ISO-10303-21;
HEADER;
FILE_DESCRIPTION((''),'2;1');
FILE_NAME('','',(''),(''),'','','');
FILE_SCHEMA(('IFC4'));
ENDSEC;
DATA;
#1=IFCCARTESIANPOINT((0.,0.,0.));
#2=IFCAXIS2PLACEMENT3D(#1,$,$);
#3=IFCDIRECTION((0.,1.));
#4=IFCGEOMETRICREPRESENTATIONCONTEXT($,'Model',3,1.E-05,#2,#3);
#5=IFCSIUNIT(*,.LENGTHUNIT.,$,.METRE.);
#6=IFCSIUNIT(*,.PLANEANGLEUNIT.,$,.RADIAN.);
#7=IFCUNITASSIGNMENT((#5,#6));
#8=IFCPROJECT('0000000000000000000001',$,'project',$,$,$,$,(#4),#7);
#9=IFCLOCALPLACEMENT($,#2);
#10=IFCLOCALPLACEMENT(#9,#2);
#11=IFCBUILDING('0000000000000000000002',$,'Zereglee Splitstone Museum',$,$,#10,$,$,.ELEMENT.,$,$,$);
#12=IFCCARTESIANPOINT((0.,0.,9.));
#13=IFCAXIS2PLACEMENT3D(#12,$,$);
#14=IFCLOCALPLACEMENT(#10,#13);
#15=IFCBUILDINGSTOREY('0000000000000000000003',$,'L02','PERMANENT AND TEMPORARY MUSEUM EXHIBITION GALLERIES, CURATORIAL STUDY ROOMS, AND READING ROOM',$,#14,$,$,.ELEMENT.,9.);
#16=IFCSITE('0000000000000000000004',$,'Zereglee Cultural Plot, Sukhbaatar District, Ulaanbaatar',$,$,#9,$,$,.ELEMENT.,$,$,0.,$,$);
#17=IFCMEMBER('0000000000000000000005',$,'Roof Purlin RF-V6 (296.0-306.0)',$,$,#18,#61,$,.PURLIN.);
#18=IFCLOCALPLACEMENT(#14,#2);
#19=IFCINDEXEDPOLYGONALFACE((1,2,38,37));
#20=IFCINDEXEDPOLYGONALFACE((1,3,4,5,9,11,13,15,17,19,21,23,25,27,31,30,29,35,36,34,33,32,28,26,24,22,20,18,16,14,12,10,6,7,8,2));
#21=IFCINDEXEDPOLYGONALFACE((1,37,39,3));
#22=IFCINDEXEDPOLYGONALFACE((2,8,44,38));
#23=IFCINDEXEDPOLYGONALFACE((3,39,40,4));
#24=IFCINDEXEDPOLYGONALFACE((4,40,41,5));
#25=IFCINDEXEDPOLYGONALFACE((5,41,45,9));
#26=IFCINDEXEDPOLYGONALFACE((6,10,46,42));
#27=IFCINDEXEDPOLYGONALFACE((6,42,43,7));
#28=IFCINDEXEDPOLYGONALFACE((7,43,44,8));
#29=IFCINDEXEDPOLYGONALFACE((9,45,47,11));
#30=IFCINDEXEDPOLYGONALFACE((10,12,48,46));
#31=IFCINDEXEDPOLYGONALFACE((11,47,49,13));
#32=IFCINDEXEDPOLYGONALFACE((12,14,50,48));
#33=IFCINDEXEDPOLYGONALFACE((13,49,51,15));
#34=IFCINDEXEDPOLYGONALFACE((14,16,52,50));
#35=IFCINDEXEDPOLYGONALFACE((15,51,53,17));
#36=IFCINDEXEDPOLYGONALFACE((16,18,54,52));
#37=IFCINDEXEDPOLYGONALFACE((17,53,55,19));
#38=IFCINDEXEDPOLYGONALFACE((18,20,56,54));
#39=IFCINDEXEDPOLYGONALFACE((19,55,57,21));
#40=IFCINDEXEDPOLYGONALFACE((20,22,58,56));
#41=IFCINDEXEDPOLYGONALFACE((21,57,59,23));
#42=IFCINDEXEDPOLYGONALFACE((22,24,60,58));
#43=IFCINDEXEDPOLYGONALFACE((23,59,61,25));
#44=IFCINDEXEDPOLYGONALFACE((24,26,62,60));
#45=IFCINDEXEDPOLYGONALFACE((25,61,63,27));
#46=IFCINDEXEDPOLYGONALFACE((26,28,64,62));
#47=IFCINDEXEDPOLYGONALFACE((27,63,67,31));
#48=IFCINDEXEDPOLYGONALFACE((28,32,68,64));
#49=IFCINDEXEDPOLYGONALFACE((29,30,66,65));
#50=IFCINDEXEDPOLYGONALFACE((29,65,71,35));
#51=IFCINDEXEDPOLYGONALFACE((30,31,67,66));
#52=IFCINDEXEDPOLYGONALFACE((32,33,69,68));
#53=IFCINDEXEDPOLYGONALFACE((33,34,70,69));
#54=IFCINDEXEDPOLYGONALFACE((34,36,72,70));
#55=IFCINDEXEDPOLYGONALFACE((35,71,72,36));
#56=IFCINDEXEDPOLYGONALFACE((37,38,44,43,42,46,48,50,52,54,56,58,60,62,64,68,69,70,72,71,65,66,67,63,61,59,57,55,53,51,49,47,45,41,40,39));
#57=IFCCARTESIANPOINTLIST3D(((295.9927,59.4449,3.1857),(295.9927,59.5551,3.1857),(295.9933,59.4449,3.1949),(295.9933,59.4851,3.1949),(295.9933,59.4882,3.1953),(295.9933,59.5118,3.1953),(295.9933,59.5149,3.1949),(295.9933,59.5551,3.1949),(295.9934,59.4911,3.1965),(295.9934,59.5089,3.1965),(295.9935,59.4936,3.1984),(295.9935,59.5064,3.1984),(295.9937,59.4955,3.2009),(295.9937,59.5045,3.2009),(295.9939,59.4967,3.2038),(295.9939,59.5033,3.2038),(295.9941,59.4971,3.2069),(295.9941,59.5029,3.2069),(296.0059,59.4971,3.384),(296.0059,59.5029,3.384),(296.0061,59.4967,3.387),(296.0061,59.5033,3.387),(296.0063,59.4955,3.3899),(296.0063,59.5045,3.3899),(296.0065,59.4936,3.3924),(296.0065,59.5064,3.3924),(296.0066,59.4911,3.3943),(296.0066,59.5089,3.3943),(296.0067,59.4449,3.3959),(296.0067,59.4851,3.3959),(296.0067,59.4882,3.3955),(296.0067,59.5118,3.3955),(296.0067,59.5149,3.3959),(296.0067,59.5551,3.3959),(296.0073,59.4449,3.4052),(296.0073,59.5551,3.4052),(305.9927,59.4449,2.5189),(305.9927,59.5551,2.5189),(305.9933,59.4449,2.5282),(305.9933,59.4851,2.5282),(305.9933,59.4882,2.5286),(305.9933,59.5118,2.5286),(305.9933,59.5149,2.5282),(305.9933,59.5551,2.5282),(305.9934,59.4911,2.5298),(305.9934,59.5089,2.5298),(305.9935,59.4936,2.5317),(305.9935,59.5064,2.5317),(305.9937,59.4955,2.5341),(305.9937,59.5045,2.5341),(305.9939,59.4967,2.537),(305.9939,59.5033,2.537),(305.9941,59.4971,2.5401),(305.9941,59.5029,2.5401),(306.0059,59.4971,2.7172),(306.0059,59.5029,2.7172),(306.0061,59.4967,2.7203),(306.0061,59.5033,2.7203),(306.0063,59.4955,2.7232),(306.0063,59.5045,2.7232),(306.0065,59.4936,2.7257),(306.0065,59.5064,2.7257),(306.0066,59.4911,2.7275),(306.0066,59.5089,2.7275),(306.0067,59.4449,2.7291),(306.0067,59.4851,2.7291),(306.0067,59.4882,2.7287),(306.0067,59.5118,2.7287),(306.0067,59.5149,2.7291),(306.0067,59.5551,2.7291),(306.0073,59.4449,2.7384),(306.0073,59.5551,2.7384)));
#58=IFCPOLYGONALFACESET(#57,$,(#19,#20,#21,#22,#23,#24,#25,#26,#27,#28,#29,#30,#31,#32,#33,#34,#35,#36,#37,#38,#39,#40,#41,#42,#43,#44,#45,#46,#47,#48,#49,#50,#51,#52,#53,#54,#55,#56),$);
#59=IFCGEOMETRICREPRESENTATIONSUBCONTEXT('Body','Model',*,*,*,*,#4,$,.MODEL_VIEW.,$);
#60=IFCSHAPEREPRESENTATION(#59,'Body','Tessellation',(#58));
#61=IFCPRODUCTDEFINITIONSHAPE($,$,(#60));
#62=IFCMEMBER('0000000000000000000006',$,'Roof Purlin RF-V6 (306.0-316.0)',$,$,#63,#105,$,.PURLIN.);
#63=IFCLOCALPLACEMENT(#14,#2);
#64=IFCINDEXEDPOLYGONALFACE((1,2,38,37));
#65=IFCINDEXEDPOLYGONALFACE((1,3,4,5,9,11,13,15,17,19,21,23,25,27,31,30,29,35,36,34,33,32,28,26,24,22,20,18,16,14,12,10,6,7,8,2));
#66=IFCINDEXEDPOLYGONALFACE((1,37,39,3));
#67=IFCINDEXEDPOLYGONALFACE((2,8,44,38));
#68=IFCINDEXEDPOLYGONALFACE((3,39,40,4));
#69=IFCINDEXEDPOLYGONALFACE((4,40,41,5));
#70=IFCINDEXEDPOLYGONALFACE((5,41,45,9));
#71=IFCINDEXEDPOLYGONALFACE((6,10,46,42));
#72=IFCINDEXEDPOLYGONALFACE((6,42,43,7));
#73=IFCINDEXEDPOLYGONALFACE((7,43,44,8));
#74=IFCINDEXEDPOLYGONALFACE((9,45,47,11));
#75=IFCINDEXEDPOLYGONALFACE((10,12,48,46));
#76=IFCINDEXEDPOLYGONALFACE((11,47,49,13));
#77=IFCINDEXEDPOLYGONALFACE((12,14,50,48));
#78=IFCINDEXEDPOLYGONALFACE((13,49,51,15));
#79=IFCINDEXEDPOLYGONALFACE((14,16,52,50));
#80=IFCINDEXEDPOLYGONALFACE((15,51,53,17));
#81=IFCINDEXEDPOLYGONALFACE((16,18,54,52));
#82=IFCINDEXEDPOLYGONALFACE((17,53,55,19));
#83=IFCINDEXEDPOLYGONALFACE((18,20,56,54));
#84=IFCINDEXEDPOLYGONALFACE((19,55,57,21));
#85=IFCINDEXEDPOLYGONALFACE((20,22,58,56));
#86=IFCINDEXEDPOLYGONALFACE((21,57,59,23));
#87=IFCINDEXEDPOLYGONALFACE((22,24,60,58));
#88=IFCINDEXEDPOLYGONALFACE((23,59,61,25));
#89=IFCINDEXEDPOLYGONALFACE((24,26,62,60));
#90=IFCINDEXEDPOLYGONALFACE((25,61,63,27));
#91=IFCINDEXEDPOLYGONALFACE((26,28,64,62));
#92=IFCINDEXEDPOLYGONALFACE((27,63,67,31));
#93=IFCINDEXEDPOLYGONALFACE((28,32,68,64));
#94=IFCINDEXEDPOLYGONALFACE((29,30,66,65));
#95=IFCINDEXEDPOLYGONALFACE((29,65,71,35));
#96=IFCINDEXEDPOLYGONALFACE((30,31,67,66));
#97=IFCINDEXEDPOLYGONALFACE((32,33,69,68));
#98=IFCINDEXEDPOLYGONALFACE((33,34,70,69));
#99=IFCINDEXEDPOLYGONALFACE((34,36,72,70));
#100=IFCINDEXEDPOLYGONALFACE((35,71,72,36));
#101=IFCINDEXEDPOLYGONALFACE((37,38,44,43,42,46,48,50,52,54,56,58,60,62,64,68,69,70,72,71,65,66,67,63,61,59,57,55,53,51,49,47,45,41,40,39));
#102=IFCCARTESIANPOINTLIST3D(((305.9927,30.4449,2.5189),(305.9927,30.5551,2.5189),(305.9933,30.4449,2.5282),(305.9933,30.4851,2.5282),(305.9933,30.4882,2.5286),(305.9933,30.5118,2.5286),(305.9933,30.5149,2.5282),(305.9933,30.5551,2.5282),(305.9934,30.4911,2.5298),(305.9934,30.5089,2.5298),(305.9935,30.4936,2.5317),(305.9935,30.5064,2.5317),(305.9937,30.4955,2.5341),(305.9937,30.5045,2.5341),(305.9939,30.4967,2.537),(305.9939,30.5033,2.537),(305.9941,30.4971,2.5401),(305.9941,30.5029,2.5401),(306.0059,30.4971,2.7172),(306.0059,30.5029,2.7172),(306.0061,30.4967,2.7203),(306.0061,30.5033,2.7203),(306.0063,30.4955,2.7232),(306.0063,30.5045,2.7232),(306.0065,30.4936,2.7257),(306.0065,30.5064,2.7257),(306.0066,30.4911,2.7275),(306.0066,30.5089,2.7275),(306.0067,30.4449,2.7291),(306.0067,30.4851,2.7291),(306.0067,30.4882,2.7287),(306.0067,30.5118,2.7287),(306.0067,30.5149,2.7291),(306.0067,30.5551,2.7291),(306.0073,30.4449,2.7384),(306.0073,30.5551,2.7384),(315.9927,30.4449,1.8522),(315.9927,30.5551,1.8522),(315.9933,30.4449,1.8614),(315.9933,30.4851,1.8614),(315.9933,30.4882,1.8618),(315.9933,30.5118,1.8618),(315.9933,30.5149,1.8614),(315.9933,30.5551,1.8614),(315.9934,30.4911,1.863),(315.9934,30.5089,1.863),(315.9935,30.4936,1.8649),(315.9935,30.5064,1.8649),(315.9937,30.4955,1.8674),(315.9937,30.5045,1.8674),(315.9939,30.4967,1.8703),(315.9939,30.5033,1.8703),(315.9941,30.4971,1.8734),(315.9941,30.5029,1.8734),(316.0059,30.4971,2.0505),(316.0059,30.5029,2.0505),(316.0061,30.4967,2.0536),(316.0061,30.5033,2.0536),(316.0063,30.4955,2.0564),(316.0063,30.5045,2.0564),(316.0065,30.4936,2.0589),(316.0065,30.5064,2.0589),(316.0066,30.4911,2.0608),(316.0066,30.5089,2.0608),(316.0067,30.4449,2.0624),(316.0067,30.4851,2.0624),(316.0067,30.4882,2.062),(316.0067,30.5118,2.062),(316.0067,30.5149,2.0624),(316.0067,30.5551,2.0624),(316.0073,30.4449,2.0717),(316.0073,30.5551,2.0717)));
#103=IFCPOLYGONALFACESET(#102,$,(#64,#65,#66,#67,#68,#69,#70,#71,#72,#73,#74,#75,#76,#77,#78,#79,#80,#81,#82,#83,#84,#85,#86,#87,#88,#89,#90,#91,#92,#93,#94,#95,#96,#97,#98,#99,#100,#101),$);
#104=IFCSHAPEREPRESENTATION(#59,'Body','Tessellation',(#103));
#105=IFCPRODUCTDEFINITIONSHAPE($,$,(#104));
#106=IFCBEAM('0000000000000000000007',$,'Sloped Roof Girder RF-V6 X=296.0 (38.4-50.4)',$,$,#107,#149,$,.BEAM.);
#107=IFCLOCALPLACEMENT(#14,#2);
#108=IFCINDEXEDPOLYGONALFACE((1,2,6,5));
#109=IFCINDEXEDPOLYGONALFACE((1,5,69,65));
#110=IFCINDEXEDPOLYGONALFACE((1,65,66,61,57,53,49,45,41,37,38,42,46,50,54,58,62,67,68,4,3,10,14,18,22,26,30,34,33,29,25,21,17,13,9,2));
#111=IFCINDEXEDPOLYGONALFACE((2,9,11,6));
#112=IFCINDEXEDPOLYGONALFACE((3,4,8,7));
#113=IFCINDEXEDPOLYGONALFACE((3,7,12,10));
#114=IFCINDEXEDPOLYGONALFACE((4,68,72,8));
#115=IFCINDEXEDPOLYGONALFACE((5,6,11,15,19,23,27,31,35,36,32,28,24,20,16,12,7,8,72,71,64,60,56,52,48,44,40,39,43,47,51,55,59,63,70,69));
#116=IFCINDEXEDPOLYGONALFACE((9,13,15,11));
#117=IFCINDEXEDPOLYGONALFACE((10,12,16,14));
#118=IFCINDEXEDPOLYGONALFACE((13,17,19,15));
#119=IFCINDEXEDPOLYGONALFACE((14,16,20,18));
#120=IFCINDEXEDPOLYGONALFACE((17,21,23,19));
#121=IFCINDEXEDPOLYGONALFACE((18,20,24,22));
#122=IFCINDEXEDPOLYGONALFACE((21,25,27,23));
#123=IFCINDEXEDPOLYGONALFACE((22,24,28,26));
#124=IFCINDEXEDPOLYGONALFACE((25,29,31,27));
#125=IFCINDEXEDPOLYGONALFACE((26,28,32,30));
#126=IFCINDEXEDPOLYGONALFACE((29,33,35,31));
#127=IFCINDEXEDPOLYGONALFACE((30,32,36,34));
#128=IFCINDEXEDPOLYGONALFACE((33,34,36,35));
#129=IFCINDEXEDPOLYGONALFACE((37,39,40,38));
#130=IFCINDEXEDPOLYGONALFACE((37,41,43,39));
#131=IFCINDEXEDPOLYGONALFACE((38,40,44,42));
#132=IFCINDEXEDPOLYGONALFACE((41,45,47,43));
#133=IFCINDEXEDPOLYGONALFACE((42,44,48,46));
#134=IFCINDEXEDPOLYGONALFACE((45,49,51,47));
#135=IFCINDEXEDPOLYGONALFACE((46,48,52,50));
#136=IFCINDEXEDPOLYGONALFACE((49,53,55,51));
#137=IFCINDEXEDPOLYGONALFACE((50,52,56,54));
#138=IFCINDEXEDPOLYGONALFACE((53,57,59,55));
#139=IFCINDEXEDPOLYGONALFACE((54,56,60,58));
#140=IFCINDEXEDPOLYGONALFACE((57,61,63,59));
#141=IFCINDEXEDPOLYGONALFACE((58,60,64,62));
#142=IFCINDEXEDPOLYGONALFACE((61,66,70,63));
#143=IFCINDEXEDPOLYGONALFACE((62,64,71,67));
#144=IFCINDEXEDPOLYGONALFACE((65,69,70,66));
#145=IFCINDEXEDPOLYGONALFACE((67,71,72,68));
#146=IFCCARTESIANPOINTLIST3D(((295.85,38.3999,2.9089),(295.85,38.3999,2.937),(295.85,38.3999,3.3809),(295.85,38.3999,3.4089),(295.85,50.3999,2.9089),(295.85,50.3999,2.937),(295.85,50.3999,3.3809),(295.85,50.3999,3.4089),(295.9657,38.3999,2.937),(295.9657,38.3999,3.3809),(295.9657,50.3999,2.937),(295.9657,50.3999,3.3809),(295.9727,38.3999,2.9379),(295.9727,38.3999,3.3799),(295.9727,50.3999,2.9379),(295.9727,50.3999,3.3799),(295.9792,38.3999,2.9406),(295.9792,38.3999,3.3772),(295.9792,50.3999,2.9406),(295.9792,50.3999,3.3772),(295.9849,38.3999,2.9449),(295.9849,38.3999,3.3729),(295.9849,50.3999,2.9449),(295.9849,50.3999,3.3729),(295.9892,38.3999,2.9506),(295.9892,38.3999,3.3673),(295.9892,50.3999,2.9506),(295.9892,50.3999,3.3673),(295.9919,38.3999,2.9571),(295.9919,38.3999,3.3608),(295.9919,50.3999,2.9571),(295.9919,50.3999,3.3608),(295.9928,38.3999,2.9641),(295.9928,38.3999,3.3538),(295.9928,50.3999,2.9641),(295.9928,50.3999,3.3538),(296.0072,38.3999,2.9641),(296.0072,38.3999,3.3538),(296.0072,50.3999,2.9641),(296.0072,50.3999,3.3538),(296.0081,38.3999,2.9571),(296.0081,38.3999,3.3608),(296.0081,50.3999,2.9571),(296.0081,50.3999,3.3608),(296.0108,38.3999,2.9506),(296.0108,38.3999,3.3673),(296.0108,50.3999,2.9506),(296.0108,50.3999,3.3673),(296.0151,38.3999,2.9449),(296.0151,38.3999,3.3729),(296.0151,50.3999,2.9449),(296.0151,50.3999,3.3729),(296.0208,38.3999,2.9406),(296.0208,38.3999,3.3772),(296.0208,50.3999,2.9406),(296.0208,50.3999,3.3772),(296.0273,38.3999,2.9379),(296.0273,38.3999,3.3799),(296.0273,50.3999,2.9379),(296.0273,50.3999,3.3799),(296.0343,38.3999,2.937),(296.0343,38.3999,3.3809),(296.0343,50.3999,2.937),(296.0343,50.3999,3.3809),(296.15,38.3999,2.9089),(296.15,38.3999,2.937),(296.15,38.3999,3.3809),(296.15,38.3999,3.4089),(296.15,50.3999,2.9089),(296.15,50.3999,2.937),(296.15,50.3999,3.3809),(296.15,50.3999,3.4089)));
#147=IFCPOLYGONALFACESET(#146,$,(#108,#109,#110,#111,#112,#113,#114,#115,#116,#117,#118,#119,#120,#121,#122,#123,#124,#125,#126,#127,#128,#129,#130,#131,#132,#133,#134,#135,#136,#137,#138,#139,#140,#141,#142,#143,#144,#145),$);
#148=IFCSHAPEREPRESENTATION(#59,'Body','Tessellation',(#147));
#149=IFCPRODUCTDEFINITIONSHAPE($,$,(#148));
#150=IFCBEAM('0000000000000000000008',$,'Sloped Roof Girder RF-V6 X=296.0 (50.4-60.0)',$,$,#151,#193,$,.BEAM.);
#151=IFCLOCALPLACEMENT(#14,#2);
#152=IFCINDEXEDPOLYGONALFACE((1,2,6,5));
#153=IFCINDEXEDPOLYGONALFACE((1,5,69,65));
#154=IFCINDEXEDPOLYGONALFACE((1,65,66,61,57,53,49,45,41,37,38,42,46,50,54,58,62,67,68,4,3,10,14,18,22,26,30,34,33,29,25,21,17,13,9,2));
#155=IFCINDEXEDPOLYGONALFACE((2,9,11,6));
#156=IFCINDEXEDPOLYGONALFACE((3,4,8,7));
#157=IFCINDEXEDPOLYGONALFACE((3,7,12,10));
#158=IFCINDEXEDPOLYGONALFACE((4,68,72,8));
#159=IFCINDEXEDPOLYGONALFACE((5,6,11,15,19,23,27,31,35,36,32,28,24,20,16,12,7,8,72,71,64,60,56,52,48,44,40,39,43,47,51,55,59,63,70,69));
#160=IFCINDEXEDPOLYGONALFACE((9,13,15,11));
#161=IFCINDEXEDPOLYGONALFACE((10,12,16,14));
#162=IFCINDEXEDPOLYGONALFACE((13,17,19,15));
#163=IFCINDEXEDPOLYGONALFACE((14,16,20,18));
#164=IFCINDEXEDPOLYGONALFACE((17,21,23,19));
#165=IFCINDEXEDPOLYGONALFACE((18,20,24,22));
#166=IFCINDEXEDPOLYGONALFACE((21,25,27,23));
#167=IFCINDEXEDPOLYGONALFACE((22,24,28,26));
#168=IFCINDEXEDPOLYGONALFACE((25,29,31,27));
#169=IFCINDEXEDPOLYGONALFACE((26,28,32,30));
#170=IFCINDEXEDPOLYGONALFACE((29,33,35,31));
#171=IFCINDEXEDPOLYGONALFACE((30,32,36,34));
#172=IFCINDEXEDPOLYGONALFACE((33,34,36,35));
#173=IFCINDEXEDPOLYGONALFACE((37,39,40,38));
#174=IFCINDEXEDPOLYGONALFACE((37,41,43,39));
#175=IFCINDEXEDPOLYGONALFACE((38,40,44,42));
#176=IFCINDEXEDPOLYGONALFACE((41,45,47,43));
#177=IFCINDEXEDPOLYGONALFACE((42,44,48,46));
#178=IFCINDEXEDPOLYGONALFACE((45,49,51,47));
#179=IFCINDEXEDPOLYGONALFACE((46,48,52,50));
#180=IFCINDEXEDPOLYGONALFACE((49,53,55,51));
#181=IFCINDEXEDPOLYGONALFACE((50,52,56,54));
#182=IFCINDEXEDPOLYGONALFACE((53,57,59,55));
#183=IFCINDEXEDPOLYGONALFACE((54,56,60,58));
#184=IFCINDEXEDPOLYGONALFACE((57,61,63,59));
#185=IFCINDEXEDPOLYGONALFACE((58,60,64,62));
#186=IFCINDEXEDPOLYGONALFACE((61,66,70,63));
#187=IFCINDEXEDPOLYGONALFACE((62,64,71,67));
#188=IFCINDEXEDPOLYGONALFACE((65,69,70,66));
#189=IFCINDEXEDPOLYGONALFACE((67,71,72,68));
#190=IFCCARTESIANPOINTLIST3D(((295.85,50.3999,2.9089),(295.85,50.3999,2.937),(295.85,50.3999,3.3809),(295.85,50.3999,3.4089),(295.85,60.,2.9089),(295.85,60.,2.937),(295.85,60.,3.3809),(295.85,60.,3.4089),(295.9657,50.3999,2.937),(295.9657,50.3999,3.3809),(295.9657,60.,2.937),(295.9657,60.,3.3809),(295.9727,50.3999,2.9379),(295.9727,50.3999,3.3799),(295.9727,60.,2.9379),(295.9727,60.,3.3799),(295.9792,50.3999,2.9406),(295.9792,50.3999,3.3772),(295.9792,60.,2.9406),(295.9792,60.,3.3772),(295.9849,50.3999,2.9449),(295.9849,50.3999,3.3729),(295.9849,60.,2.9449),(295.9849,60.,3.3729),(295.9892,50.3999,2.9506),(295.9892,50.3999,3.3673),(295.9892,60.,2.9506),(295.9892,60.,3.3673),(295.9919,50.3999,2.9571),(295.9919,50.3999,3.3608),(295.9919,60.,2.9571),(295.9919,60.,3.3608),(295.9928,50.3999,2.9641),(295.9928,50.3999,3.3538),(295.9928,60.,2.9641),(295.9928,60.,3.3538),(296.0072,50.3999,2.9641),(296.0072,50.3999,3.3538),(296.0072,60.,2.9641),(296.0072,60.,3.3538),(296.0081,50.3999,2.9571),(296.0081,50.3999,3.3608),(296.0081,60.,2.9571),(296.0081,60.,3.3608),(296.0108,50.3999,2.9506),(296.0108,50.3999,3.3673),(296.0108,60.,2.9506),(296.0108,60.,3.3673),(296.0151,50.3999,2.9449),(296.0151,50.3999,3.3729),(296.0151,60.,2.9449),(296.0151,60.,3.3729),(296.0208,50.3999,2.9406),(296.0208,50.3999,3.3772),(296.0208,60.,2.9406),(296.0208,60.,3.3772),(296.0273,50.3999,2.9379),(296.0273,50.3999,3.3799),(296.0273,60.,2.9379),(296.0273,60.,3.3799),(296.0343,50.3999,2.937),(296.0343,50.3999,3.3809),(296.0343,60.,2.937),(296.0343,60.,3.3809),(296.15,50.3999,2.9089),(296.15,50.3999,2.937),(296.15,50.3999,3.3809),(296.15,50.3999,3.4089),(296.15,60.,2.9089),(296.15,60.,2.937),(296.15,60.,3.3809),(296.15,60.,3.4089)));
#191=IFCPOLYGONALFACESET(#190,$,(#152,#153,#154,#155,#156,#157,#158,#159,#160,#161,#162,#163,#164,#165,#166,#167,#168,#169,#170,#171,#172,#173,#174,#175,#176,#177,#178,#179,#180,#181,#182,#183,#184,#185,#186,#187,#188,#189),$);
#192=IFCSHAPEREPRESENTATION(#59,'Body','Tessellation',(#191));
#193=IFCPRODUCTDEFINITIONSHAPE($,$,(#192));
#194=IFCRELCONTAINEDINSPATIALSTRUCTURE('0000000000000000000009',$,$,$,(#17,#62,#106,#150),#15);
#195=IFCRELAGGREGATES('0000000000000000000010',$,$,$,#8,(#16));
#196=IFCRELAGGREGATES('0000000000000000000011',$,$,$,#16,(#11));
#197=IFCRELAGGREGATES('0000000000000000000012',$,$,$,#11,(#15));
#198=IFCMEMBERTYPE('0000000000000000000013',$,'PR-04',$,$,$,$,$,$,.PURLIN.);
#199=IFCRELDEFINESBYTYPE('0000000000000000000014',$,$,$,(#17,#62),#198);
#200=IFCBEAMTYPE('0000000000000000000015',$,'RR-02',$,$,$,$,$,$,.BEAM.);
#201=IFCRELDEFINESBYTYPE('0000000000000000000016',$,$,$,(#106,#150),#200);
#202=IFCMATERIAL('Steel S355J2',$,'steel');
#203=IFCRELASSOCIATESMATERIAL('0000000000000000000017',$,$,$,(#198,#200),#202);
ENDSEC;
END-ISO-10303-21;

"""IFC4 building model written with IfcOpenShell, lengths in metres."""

from ifc_helpers import new_model, si_unit, direction, frame, origin, origin_2d, place, context, subcontext, project, spatial, i_section, extrude, material, material_profile, profile_set, type_object, element, save


model = new_model("IFC4")

# Units and contexts
model_context = context("Model", 3, precision=1e-05, world=origin(), true_north=direction((0.0, 1.0)))
body_context = subcontext(model_context, "Body", "Model", "MODEL_VIEW")
ifc_project = project(units=[si_unit("LENGTHUNIT", "METRE"), si_unit("PLANEANGLEUNIT", "RADIAN")], contexts=[model_context])

# Site, building, storey
site_placement = place(None, origin())
site = spatial("IfcSite", under=ifc_project, at=site_placement, Name="Zereglee Cultural Plot, Sukhbaatar District, Ulaanbaatar", CompositionType="ELEMENT", RefElevation=0.0)
building_placement = place(site_placement, origin())
building = spatial("IfcBuilding", under=site, at=building_placement, Name="Zereglee Splitstone Museum", CompositionType="ELEMENT")
storey_placement = place(building_placement, frame((0.0, 0.0, 9.0)))
storey = spatial("IfcBuildingStorey", under=building, at=storey_placement, Name="L02", Description="PERMANENT AND TEMPORARY MUSEUM EXHIBITION GALLERIES, CURATORIAL STUDY ROOMS, AND READING ROOM", CompositionType="ELEMENT", Elevation=9.0)

# Shared definitions
ifc_material_1 = material(Name="Steel S355J2", Category="steel")

# Members
ifc_material_profile_1 = material_profile(ifc_material_1, i_section(OverallWidth=0.1101, OverallDepth=0.22, WebThickness=0.0059, FlangeThickness=0.0093, FilletRadius=0.012, at=origin_2d()), Name="IPE 220")
ifc_profile_set_1 = profile_set([ifc_material_profile_1], Name="Steel S355J2")
member_type_1 = type_object("IfcMemberType", Name="PR-04", PredefinedType="PURLIN", material=ifc_profile_set_1)
for number, where, z_axis, x_axis, name in (
    (1, (296.0, 59.5, 3.2954), (0.997785, 0.0, -0.066527), (0.0, 1.0, 0.0), "Roof Purlin RF-V6 (296.0-306.0)"),
    (2, (306.0, 30.5, 2.6287), (0.997785, 0.0, -0.066527), (0.0, 1.0, 0.0), "Roof Purlin RF-V6 (306.0-316.0)"),
):
    element("IfcMember", number, at=place(storey_placement, frame(where, z_axis=z_axis, x_axis=x_axis)), inside=storey, type_object=member_type_1, Name=name, PredefinedType="PURLIN", context=body_context, shape_type="SweptSolid", body=[
        extrude(i_section(OverallWidth=0.1101, OverallDepth=0.22, WebThickness=0.0059, FlangeThickness=0.0093, FilletRadius=0.012, at=origin_2d()), origin(), (0.0, 0.0, 1.0), 10.0222),
    ])

# Beams
ifc_material_profile_2 = material_profile(ifc_material_1, i_section(OverallWidth=0.3, OverallDepth=0.5, WebThickness=0.0144, FlangeThickness=0.0281, FilletRadius=0.0271, at=origin_2d()), Name="HE 500 B")
ifc_profile_set_2 = profile_set([ifc_material_profile_2], Name="Steel S355J2")
beam_type = type_object("IfcBeamType", Name="RR-02", PredefinedType="BEAM", material=ifc_profile_set_2)
beam_1_placement = place(storey_placement, frame((296.0, 38.3999, 3.1589), z_axis=(0.0, 1.0, 0.0), x_axis=(-1.0, 0.0, 0.0)))
element("IfcBeam", 3, at=beam_1_placement, inside=storey, type_object=beam_type, Name="Sloped Roof Girder RF-V6 X=296.0 (38.4-50.4)", PredefinedType="BEAM", context=body_context, shape_type="SweptSolid", body=[
    extrude(i_section(OverallWidth=0.3, OverallDepth=0.5, WebThickness=0.0144, FlangeThickness=0.0281, FilletRadius=0.0271, at=origin_2d()), origin(), (0.0, 0.0, 1.0), 12.0),
])
beam_2_placement = place(storey_placement, frame((296.0, 50.3999, 3.1589), z_axis=(0.0, 1.0, 0.0), x_axis=(-1.0, 0.0, 0.0)))
element("IfcBeam", 4, at=beam_2_placement, inside=storey, type_object=beam_type, Name="Sloped Roof Girder RF-V6 X=296.0 (50.4-60.0)", PredefinedType="BEAM", context=body_context, shape_type="SweptSolid", body=[
    extrude(i_section(OverallWidth=0.3, OverallDepth=0.5, WebThickness=0.0144, FlangeThickness=0.0281, FilletRadius=0.0271, at=origin_2d()), origin(), (0.0, 0.0, 1.0), 9.6001),
])

save(model, "model.ifc")
